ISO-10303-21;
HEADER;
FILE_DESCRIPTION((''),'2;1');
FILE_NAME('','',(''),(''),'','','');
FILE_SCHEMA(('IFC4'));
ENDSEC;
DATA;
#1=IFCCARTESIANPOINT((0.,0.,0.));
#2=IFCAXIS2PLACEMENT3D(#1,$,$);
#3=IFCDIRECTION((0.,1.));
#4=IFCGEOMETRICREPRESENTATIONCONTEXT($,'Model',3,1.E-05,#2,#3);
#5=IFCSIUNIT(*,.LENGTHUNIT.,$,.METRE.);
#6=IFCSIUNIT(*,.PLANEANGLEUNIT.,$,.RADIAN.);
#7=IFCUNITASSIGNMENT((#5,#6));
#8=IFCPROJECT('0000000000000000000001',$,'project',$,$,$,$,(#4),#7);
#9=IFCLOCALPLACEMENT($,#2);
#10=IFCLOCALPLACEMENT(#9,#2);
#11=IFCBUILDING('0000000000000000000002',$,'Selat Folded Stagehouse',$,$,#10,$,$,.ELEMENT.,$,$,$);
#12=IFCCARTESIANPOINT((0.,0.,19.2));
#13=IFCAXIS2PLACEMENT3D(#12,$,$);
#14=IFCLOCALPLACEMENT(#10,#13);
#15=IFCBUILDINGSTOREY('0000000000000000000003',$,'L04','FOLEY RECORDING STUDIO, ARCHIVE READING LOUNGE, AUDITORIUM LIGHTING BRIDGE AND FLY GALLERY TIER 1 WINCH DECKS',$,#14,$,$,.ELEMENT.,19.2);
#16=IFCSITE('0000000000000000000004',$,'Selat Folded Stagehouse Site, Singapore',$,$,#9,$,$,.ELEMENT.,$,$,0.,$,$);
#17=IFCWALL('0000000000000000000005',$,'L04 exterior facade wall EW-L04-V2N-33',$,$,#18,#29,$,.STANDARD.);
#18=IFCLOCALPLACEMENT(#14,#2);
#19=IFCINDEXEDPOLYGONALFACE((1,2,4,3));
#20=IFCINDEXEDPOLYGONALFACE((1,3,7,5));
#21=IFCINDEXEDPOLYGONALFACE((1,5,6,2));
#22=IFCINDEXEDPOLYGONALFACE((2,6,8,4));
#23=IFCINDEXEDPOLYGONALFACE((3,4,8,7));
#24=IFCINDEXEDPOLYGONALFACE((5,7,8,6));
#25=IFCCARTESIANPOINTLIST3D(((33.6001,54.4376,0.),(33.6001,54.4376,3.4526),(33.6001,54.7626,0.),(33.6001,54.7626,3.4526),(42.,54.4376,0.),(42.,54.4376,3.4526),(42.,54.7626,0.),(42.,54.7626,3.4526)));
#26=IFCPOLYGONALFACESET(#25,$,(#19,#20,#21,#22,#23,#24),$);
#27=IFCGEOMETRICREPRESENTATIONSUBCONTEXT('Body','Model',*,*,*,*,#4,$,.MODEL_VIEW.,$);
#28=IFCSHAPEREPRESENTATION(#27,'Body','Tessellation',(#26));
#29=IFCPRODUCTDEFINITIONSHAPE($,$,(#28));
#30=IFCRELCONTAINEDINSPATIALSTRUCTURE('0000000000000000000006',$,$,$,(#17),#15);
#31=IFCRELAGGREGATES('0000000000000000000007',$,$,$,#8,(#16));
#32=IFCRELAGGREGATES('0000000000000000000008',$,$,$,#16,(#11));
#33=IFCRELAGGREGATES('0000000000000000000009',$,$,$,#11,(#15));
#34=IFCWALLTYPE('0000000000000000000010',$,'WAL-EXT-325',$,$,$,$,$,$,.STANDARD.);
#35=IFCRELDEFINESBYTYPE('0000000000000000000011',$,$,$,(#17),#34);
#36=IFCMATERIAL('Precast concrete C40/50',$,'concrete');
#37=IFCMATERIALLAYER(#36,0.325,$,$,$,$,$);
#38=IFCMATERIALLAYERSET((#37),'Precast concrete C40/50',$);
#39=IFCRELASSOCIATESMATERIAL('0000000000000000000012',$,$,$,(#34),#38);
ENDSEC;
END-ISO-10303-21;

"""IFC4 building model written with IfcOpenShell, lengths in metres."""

from ifc_helpers import new_model, si_unit, direction, frame, frame_2d, origin, place, context, subcontext, project, spatial, rectangle, extrude, material, layer, layer_set, type_object, element, save


model = new_model("IFC4")

# Units and contexts
model_context = context("Model", 3, precision=1e-05, world=origin(), true_north=direction((0.0, 1.0)))
body_context = subcontext(model_context, "Body", "Model", "MODEL_VIEW")
ifc_project = project(units=[si_unit("LENGTHUNIT", "METRE"), si_unit("PLANEANGLEUNIT", "RADIAN")], contexts=[model_context])

# Site, building, storey
site_placement = place(None, origin())
site = spatial("IfcSite", under=ifc_project, at=site_placement, Name="Selat Folded Stagehouse Site, Singapore", CompositionType="ELEMENT", RefElevation=0.0)
building_placement = place(site_placement, origin())
building = spatial("IfcBuilding", under=site, at=building_placement, Name="Selat Folded Stagehouse", CompositionType="ELEMENT")
storey_placement = place(building_placement, frame((0.0, 0.0, 19.2)))
storey = spatial("IfcBuildingStorey", under=building, at=storey_placement, Name="L04", Description="FOLEY RECORDING STUDIO, ARCHIVE READING LOUNGE, AUDITORIUM LIGHTING BRIDGE AND FLY GALLERY TIER 1 WINCH DECKS", CompositionType="ELEMENT", Elevation=19.2)

# Wall
ifc_material_1 = material(Name="Precast concrete C40/50", Category="concrete")
ifc_layer_1 = layer(ifc_material_1, 0.325)
ifc_layer_set_1 = layer_set([ifc_layer_1], Name="Precast concrete C40/50")
wall_type_1 = type_object("IfcWallType", Name="WAL-EXT-325", PredefinedType="STANDARD", material=ifc_layer_set_1)
wall_1_placement = place(storey_placement, frame((33.6001, 54.6001, 0.0), z_axis=(0.0, 0.0, 1.0), x_axis=(1.0, 0.0, 0.0)))
element("IfcWall", 1, at=wall_1_placement, inside=storey, type_object=wall_type_1, Name="L04 exterior facade wall EW-L04-V2N-33", PredefinedType="STANDARD", context=body_context, shape_type="SweptSolid", body=[
    extrude(rectangle(XDim=8.3999, YDim=0.325, at=frame_2d((4.2, 0.0))), origin(), (0.0, 0.0, 1.0), 3.4526),
])

save(model, "model.ifc")
